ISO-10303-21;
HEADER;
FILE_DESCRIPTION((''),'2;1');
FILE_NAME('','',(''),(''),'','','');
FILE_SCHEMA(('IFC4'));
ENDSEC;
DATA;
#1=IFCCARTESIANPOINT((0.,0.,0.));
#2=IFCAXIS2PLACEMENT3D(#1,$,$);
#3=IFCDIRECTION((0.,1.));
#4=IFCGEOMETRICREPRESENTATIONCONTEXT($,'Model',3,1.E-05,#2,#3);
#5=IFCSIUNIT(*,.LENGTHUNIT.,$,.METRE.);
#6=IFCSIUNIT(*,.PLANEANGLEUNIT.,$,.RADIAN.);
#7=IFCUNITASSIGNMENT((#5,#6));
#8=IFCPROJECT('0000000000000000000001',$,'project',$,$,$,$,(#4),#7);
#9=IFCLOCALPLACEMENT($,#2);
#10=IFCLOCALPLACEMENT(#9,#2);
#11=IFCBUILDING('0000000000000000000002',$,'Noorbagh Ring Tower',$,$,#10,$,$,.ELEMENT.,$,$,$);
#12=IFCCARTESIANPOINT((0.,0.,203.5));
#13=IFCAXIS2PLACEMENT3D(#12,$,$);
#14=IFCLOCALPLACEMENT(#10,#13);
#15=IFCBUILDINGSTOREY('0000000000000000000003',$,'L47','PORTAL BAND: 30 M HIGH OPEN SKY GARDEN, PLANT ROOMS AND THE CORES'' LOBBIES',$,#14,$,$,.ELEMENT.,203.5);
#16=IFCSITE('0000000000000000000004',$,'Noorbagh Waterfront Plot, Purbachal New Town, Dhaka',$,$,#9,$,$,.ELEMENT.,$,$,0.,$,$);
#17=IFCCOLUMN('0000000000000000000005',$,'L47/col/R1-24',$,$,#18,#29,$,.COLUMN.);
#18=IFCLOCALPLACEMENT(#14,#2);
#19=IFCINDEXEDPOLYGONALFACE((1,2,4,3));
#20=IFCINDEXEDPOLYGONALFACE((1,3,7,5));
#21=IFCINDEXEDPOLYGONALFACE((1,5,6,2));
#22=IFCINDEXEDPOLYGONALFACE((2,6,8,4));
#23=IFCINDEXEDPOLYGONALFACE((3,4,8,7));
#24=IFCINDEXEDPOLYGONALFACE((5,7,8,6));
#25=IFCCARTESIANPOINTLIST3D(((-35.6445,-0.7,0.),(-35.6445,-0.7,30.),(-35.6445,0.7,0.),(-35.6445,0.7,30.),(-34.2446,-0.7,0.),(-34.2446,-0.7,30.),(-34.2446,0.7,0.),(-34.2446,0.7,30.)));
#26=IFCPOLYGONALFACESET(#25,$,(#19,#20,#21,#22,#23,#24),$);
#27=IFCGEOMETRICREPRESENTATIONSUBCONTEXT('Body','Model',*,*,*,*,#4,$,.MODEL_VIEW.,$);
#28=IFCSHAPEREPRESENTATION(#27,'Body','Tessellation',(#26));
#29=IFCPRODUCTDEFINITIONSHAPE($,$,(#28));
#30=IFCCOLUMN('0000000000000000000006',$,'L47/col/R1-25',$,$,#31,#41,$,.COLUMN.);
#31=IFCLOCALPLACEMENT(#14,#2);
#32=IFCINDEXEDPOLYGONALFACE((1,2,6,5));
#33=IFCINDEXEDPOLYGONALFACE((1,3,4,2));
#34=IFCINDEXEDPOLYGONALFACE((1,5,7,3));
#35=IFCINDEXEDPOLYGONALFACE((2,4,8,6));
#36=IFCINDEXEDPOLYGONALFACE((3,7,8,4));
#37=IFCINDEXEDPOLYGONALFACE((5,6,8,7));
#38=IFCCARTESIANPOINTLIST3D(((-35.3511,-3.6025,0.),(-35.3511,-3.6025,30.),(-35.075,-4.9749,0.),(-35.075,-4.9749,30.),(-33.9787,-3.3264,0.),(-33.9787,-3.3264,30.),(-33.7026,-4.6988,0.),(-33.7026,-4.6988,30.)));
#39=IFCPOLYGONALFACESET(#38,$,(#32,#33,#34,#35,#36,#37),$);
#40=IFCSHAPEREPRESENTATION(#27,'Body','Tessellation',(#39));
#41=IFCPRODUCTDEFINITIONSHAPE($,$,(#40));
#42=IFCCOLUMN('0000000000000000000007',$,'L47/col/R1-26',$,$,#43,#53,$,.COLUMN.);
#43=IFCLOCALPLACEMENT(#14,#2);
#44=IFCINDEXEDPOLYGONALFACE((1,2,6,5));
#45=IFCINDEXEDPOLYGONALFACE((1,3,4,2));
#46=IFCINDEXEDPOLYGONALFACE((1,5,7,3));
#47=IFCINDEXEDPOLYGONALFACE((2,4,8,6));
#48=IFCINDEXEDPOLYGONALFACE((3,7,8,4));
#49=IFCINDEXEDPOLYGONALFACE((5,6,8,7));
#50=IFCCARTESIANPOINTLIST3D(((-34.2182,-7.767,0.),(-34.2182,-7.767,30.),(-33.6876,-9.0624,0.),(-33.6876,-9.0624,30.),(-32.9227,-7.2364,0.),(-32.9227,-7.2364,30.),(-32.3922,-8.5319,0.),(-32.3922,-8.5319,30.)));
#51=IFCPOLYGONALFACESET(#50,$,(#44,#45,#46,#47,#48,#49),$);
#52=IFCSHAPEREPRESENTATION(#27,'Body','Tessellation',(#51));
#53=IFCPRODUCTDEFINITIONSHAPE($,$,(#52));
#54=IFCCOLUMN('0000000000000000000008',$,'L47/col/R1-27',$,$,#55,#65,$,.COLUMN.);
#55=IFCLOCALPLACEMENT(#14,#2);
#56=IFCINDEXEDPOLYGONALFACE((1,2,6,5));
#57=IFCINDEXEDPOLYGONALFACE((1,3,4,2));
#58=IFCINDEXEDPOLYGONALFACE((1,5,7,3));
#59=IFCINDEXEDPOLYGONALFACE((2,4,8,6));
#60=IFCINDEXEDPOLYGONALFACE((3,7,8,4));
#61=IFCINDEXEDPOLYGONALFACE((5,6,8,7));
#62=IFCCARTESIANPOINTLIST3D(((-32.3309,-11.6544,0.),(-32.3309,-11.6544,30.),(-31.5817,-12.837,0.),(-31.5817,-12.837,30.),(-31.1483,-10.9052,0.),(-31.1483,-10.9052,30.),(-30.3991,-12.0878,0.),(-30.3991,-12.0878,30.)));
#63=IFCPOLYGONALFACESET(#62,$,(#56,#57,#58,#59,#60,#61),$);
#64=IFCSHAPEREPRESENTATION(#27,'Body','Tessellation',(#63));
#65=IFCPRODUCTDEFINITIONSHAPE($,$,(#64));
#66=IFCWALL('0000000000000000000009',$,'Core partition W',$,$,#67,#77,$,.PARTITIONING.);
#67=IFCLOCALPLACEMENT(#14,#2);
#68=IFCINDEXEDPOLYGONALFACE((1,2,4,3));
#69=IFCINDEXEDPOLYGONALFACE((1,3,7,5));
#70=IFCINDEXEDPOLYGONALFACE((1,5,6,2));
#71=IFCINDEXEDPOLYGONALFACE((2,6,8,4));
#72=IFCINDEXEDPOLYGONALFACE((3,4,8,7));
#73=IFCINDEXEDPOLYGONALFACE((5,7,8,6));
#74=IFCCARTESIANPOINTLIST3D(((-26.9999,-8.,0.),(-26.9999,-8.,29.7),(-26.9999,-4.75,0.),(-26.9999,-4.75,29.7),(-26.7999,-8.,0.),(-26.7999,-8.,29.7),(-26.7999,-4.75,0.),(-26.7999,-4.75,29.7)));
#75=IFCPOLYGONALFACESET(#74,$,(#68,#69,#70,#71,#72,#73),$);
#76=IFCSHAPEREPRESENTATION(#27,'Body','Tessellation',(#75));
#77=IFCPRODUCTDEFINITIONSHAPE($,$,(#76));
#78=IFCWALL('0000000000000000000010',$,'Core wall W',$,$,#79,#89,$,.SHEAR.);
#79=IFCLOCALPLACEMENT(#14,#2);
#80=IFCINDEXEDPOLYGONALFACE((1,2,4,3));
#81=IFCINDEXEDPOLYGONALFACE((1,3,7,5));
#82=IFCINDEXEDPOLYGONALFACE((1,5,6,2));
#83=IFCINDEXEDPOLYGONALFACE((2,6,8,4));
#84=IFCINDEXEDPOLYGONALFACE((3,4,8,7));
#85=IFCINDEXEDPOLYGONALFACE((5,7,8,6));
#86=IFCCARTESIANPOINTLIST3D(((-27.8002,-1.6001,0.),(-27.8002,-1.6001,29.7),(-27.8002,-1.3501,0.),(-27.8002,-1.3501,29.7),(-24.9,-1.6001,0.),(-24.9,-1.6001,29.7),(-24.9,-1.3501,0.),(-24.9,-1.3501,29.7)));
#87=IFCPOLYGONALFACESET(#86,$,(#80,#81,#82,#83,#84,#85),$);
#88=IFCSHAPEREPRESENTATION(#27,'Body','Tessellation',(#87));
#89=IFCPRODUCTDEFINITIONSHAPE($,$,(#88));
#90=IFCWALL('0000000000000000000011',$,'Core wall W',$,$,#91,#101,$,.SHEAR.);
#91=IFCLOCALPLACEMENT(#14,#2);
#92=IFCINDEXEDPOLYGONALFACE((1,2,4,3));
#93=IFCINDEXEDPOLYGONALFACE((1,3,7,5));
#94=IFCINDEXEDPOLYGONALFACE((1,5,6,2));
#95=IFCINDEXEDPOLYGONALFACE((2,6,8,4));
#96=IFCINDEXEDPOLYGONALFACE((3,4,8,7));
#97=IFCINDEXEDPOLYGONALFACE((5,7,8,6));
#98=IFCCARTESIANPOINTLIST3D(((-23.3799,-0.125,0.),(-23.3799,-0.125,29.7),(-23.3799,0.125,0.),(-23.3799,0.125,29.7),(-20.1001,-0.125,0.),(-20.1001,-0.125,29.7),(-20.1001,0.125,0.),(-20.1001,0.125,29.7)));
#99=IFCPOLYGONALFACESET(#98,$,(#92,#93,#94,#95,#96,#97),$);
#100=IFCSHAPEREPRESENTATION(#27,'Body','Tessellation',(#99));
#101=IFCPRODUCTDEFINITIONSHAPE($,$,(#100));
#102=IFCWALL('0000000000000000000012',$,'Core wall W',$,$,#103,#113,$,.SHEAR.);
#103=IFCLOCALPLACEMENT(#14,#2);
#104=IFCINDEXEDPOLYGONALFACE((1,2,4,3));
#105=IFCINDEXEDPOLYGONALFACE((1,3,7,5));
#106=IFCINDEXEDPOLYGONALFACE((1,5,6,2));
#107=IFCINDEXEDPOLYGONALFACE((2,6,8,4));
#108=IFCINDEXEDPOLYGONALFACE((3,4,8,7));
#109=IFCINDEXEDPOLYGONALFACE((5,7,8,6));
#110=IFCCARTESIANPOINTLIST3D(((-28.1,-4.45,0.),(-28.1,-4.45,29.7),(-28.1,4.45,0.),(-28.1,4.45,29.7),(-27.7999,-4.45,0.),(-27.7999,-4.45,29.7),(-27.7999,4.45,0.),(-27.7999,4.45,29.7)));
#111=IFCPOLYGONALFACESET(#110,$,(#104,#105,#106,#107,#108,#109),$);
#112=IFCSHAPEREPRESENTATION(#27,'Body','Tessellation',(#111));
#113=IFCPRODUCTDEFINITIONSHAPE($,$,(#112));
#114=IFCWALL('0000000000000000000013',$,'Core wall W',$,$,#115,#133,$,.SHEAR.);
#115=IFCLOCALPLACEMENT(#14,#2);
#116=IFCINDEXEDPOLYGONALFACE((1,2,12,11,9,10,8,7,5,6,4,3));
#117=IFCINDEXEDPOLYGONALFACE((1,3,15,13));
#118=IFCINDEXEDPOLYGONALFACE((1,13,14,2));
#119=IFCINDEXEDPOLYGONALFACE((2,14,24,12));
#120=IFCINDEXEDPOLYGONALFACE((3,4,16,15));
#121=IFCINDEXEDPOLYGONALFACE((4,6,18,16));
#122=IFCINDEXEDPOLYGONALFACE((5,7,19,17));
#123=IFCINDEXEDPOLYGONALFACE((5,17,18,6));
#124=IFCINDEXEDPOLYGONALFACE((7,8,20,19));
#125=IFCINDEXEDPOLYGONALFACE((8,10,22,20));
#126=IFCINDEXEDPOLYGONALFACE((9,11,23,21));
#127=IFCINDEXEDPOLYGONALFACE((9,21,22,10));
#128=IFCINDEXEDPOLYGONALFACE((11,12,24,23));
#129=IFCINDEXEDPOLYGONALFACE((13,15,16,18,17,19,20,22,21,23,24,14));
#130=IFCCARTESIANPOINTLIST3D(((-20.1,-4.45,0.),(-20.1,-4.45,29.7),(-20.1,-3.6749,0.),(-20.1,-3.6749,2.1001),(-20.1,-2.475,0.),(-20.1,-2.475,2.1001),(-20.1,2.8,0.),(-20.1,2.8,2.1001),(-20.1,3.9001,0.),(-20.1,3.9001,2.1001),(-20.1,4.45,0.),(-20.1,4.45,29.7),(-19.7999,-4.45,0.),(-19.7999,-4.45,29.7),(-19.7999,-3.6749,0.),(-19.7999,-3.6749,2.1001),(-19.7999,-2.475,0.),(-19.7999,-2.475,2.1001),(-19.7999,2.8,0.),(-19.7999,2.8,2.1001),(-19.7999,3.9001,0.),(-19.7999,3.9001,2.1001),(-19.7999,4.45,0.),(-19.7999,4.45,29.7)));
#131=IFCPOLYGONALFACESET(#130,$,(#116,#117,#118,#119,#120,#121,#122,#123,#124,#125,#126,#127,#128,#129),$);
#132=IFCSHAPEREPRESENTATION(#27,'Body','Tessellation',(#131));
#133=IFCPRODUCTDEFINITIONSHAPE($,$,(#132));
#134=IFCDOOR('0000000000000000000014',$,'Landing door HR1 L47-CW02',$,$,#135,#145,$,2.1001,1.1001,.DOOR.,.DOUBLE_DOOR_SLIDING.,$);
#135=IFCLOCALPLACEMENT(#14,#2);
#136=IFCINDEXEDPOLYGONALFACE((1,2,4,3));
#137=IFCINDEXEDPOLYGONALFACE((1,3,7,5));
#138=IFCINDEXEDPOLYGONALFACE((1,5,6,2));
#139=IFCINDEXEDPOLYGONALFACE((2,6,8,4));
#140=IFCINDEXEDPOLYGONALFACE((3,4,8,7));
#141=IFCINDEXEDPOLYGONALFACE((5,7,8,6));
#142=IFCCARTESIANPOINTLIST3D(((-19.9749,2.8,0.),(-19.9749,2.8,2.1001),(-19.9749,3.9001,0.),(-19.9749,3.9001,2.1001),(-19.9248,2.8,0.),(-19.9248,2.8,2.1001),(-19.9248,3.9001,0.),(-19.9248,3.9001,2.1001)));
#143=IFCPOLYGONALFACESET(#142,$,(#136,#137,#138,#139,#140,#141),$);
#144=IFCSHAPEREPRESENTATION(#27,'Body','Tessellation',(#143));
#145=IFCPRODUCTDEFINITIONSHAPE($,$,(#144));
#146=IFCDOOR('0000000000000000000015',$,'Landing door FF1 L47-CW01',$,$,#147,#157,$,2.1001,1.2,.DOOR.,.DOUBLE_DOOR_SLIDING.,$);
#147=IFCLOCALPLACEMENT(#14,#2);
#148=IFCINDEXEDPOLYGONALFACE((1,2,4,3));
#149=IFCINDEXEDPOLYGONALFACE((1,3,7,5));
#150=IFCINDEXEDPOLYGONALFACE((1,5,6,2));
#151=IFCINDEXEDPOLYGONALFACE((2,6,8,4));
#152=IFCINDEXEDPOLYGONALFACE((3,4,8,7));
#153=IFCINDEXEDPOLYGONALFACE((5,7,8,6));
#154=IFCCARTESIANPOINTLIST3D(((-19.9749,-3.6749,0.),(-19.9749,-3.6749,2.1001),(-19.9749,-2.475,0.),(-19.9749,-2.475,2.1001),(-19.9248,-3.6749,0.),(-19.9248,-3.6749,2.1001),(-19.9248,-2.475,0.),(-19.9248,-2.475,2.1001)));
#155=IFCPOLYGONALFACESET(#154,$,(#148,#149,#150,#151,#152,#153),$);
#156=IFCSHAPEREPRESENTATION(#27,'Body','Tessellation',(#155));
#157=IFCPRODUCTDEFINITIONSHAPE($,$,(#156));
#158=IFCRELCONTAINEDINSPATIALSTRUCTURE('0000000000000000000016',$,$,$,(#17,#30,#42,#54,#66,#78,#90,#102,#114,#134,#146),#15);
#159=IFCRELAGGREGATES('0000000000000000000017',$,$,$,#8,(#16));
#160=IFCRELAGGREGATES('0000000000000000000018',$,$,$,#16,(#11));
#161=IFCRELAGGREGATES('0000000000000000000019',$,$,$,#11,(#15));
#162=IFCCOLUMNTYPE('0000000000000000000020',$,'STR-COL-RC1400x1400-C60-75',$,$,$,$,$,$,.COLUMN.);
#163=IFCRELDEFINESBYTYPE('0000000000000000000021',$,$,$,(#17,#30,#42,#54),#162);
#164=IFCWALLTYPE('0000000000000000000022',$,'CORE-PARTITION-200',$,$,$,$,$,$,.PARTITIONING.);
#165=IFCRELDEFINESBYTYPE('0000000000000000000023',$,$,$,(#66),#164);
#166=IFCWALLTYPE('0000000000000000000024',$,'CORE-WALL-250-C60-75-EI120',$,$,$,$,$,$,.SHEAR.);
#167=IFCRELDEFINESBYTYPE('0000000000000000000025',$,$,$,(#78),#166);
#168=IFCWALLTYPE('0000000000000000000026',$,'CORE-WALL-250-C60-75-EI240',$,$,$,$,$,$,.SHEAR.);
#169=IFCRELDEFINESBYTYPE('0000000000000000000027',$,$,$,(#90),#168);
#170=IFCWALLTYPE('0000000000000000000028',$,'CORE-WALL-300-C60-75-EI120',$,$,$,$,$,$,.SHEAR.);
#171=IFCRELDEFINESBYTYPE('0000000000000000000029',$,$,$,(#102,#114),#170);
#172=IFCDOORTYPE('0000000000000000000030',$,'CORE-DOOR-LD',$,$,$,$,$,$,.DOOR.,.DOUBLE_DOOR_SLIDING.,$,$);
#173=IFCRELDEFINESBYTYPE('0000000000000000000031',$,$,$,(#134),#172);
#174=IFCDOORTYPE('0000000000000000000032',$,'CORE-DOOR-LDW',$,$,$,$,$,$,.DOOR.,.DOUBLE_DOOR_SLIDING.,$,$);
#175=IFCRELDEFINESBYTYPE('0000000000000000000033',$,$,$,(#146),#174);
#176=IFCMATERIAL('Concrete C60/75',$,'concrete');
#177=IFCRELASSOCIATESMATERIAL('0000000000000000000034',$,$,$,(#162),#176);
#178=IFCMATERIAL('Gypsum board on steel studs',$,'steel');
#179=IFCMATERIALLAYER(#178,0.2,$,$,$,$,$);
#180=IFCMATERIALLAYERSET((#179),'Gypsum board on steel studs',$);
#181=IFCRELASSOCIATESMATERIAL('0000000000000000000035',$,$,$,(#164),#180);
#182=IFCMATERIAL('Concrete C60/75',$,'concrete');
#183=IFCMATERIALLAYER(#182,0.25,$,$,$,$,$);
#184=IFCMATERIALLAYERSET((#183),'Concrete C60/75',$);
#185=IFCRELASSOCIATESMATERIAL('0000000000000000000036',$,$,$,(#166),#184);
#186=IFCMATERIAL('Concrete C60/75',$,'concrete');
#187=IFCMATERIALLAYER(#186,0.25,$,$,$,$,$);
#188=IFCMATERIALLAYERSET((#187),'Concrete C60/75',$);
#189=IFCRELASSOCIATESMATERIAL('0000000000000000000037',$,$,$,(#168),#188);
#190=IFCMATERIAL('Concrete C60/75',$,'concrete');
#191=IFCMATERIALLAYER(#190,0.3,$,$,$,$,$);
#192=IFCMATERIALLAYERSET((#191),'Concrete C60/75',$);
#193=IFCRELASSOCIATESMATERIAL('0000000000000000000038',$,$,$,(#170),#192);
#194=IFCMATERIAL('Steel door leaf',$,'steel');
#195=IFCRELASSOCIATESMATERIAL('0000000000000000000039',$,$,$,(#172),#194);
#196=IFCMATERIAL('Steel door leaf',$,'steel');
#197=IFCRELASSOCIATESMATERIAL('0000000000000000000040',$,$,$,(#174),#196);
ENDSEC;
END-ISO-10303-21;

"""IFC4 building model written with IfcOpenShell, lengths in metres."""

from ifc_helpers import new_model, si_unit, direction, frame, frame_2d, origin, origin_2d, place, context, subcontext, project, spatial, rectangle, extrude, material, layer, layer_set, material_profile, profile_set, type_object, element, fill, save


model = new_model("IFC4")

# Units and contexts
model_context = context("Model", 3, precision=1e-05, world=origin(), true_north=direction((0.0, 1.0)))
body_context = subcontext(model_context, "Body", "Model", "MODEL_VIEW")
ifc_project = project(units=[si_unit("LENGTHUNIT", "METRE"), si_unit("PLANEANGLEUNIT", "RADIAN")], contexts=[model_context])

# Site, building, storey
site_placement = place(None, origin())
site = spatial("IfcSite", under=ifc_project, at=site_placement, Name="Noorbagh Waterfront Plot, Purbachal New Town, Dhaka", CompositionType="ELEMENT", RefElevation=0.0)
building_placement = place(site_placement, origin())
building = spatial("IfcBuilding", under=site, at=building_placement, Name="Noorbagh Ring Tower", CompositionType="ELEMENT")
storey_placement = place(building_placement, frame((0.0, 0.0, 203.5)))
storey = spatial("IfcBuildingStorey", under=building, at=storey_placement, Name="L47", Description="PORTAL BAND: 30 M HIGH OPEN SKY GARDEN, PLANT ROOMS AND THE CORES' LOBBIES", CompositionType="ELEMENT", Elevation=203.5)

# Columns
ifc_material_1 = material(Name="Concrete C60/75", Category="concrete")
ifc_material_profile = material_profile(ifc_material_1, rectangle(XDim=1.3999, YDim=1.3999, at=origin_2d()), Name="RC1400x1400")
ifc_profile_set = profile_set([ifc_material_profile], Name="Concrete C60/75")
column_type = type_object("IfcColumnType", Name="STR-COL-RC1400x1400-C60-75", PredefinedType="COLUMN", material=ifc_profile_set)
for number, where, z_axis, x_axis, name in (
    (1, (-34.9446, 0.0, 0.0), (0.0, 0.0, 1.0), (0.0, -1.0, 0.0), "L47/col/R1-24"),
    (2, (-34.5269, -4.1506, 0.0), (0.0, 0.0, 1.0), (0.19723, -0.980357, 0.0), "L47/col/R1-25"),
    (3, (-33.3052, -8.1494, 0.0), (0.0, 0.0, 1.0), (0.378989, -0.925401, 0.0), "L47/col/R1-26"),
    (4, (-31.365, -11.8711, 0.0), (0.0, 0.0, 1.0), (0.53519, -0.844731, 0.0), "L47/col/R1-27"),
):
    element("IfcColumn", number, at=place(storey_placement, frame(where, z_axis=z_axis, x_axis=x_axis)), inside=storey, type_object=column_type, Name=name, PredefinedType="COLUMN", context=body_context, shape_type="SweptSolid", body=[
        extrude(rectangle(XDim=1.3999, YDim=1.3999, at=origin_2d()), origin(), (0.0, 0.0, 1.0), 30.0),
    ])

# Walls
ifc_material_2 = material(Name="Gypsum board on steel studs", Category="steel")
ifc_layer_1 = layer(ifc_material_2, 0.2)
ifc_layer_set_1 = layer_set([ifc_layer_1], Name="Gypsum board on steel studs")
wall_type_1 = type_object("IfcWallType", Name="CORE-PARTITION-200", PredefinedType="PARTITIONING", material=ifc_layer_set_1)
wall_1_placement = place(storey_placement, frame((-26.8999, -8.0, 0.0), z_axis=(0.0, 0.0, 1.0), x_axis=(0.0, 1.0, 0.0)))
element("IfcWall", 5, at=wall_1_placement, inside=storey, type_object=wall_type_1, Name="Core partition W", PredefinedType="PARTITIONING", context=body_context, shape_type="SweptSolid", body=[
    extrude(rectangle(XDim=3.25, YDim=0.2, at=frame_2d((1.625, 0.0))), origin(), (0.0, 0.0, 1.0), 29.7),
])
ifc_material_3 = material(Name="Concrete C60/75", Category="concrete")
ifc_layer_2 = layer(ifc_material_3, 0.25)
ifc_layer_set_2 = layer_set([ifc_layer_2], Name="Concrete C60/75")
wall_type_2 = type_object("IfcWallType", Name="CORE-WALL-250-C60-75-EI120", PredefinedType="SHEAR", material=ifc_layer_set_2)
wall_2_placement = place(storey_placement, frame((-24.8999, -1.4751, 0.0), z_axis=(0.0, 0.0, 1.0), x_axis=(-1.0, 0.0, 0.0)))
element("IfcWall", 6, at=wall_2_placement, inside=storey, type_object=wall_type_2, Name="Core wall W", PredefinedType="SHEAR", context=body_context, shape_type="SweptSolid", body=[
    extrude(rectangle(XDim=2.9001, YDim=0.25, at=frame_2d((1.4502, 0.0))), origin(), (0.0, 0.0, 1.0), 29.7),
])
ifc_material_4 = material(Name="Concrete C60/75", Category="concrete")
ifc_layer_3 = layer(ifc_material_4, 0.25)
ifc_layer_set_3 = layer_set([ifc_layer_3], Name="Concrete C60/75")
wall_type_3 = type_object("IfcWallType", Name="CORE-WALL-250-C60-75-EI240", PredefinedType="SHEAR", material=ifc_layer_set_3)
wall_3_placement = place(storey_placement, frame((-20.1001, 0.0, 0.0), z_axis=(0.0, 0.0, 1.0), x_axis=(-1.0, 0.0, 0.0)))
element("IfcWall", 7, at=wall_3_placement, inside=storey, type_object=wall_type_3, Name="Core wall W", PredefinedType="SHEAR", context=body_context, shape_type="SweptSolid", body=[
    extrude(rectangle(XDim=3.2798, YDim=0.25, at=frame_2d((1.6399, 0.0))), origin(), (0.0, 0.0, 1.0), 29.7),
])
ifc_material_5 = material(Name="Concrete C60/75", Category="concrete")
ifc_layer_4 = layer(ifc_material_5, 0.3)
ifc_layer_set_4 = layer_set([ifc_layer_4], Name="Concrete C60/75")
wall_type_4 = type_object("IfcWallType", Name="CORE-WALL-300-C60-75-EI120", PredefinedType="SHEAR", material=ifc_layer_set_4)
wall_4_placement = place(storey_placement, frame((-27.95, -4.45, 0.0), z_axis=(0.0, 0.0, 1.0), x_axis=(0.0, 1.0, 0.0)))
element("IfcWall", 8, at=wall_4_placement, inside=storey, type_object=wall_type_4, Name="Core wall W", PredefinedType="SHEAR", context=body_context, shape_type="SweptSolid", body=[
    extrude(rectangle(XDim=8.8999, YDim=0.3, at=frame_2d((4.45, 0.0))), origin(), (0.0, 0.0, 1.0), 29.7),
])

# Wall, openings, doors
wall_5_placement = place(storey_placement, frame((-19.95, -4.45, 0.0), z_axis=(0.0, 0.0, 1.0), x_axis=(0.0, 1.0, 0.0)))
wall_5 = element("IfcWall", 9, at=wall_5_placement, inside=storey, type_object=wall_type_4, Name="Core wall W", PredefinedType="SHEAR", context=body_context, shape_type="SweptSolid", body=[
    extrude(rectangle(XDim=8.8999, YDim=0.3, at=frame_2d((4.45, 0.0))), origin(), (0.0, 0.0, 1.0), 29.7),
])
opening_1_placement = place(wall_5_placement, frame((0.7749, 0.0, 0.0)))
opening_1 = element("IfcOpeningElement", 10, at=opening_1_placement, cuts=wall_5, PredefinedType="OPENING", context=body_context, shape_type="SweptSolid", body=[
    extrude(rectangle(XDim=1.2, YDim=2.1001, at=frame_2d((0.6001, 1.05))), frame((0.0, 0.1602, 0.0), z_axis=(0.0, -1.0, 0.0), x_axis=(1.0, 0.0, 0.0)), (0.0, 0.0, 1.0), 0.3201),
])
opening_2_placement = place(wall_5_placement, frame((7.25, 0.0, 0.0)))
opening_2 = element("IfcOpeningElement", 11, at=opening_2_placement, cuts=wall_5, PredefinedType="OPENING", context=body_context, shape_type="SweptSolid", body=[
    extrude(rectangle(XDim=1.1001, YDim=2.1001, at=frame_2d((0.55, 1.05))), frame((0.0, 0.1602, 0.0), z_axis=(0.0, -1.0, 0.0), x_axis=(1.0, 0.0, 0.0)), (0.0, 0.0, 1.0), 0.3201),
])
ifc_material_6 = material(Name="Steel door leaf", Category="steel")
door_type_1 = type_object("IfcDoorType", Name="CORE-DOOR-LD", OperationType="DOUBLE_DOOR_SLIDING", PredefinedType="DOOR", material=ifc_material_6)
door_1_placement = place(opening_2_placement, origin())
door_1 = element("IfcDoor", 12, at=door_1_placement, inside=storey, type_object=door_type_1, Name="Landing door HR1 L47-CW02", OperationType="DOUBLE_DOOR_SLIDING", OverallHeight=2.1001, OverallWidth=1.1001, PredefinedType="DOOR", context=body_context, shape_type="SweptSolid", body=[
    extrude(rectangle(XDim=1.1001, YDim=2.1001, at=frame_2d((0.55, 1.05))), frame((0.0, 0.0249, 0.0), z_axis=(0.0, -1.0, 0.0), x_axis=(1.0, 0.0, 0.0)), (0.0, 0.0, 1.0), 0.05),
])
fill(opening_2, door_1)
ifc_material_7 = material(Name="Steel door leaf", Category="steel")
door_type_2 = type_object("IfcDoorType", Name="CORE-DOOR-LDW", OperationType="DOUBLE_DOOR_SLIDING", PredefinedType="DOOR", material=ifc_material_7)
door_2_placement = place(opening_1_placement, origin())
door_2 = element("IfcDoor", 13, at=door_2_placement, inside=storey, type_object=door_type_2, Name="Landing door FF1 L47-CW01", OperationType="DOUBLE_DOOR_SLIDING", OverallHeight=2.1001, OverallWidth=1.2, PredefinedType="DOOR", context=body_context, shape_type="SweptSolid", body=[
    extrude(rectangle(XDim=1.2, YDim=2.1001, at=frame_2d((0.6001, 1.05))), frame((0.0, 0.0249, 0.0), z_axis=(0.0, -1.0, 0.0), x_axis=(1.0, 0.0, 0.0)), (0.0, 0.0, 1.0), 0.05),
])
fill(opening_1, door_2)

save(model, "model.ifc")
